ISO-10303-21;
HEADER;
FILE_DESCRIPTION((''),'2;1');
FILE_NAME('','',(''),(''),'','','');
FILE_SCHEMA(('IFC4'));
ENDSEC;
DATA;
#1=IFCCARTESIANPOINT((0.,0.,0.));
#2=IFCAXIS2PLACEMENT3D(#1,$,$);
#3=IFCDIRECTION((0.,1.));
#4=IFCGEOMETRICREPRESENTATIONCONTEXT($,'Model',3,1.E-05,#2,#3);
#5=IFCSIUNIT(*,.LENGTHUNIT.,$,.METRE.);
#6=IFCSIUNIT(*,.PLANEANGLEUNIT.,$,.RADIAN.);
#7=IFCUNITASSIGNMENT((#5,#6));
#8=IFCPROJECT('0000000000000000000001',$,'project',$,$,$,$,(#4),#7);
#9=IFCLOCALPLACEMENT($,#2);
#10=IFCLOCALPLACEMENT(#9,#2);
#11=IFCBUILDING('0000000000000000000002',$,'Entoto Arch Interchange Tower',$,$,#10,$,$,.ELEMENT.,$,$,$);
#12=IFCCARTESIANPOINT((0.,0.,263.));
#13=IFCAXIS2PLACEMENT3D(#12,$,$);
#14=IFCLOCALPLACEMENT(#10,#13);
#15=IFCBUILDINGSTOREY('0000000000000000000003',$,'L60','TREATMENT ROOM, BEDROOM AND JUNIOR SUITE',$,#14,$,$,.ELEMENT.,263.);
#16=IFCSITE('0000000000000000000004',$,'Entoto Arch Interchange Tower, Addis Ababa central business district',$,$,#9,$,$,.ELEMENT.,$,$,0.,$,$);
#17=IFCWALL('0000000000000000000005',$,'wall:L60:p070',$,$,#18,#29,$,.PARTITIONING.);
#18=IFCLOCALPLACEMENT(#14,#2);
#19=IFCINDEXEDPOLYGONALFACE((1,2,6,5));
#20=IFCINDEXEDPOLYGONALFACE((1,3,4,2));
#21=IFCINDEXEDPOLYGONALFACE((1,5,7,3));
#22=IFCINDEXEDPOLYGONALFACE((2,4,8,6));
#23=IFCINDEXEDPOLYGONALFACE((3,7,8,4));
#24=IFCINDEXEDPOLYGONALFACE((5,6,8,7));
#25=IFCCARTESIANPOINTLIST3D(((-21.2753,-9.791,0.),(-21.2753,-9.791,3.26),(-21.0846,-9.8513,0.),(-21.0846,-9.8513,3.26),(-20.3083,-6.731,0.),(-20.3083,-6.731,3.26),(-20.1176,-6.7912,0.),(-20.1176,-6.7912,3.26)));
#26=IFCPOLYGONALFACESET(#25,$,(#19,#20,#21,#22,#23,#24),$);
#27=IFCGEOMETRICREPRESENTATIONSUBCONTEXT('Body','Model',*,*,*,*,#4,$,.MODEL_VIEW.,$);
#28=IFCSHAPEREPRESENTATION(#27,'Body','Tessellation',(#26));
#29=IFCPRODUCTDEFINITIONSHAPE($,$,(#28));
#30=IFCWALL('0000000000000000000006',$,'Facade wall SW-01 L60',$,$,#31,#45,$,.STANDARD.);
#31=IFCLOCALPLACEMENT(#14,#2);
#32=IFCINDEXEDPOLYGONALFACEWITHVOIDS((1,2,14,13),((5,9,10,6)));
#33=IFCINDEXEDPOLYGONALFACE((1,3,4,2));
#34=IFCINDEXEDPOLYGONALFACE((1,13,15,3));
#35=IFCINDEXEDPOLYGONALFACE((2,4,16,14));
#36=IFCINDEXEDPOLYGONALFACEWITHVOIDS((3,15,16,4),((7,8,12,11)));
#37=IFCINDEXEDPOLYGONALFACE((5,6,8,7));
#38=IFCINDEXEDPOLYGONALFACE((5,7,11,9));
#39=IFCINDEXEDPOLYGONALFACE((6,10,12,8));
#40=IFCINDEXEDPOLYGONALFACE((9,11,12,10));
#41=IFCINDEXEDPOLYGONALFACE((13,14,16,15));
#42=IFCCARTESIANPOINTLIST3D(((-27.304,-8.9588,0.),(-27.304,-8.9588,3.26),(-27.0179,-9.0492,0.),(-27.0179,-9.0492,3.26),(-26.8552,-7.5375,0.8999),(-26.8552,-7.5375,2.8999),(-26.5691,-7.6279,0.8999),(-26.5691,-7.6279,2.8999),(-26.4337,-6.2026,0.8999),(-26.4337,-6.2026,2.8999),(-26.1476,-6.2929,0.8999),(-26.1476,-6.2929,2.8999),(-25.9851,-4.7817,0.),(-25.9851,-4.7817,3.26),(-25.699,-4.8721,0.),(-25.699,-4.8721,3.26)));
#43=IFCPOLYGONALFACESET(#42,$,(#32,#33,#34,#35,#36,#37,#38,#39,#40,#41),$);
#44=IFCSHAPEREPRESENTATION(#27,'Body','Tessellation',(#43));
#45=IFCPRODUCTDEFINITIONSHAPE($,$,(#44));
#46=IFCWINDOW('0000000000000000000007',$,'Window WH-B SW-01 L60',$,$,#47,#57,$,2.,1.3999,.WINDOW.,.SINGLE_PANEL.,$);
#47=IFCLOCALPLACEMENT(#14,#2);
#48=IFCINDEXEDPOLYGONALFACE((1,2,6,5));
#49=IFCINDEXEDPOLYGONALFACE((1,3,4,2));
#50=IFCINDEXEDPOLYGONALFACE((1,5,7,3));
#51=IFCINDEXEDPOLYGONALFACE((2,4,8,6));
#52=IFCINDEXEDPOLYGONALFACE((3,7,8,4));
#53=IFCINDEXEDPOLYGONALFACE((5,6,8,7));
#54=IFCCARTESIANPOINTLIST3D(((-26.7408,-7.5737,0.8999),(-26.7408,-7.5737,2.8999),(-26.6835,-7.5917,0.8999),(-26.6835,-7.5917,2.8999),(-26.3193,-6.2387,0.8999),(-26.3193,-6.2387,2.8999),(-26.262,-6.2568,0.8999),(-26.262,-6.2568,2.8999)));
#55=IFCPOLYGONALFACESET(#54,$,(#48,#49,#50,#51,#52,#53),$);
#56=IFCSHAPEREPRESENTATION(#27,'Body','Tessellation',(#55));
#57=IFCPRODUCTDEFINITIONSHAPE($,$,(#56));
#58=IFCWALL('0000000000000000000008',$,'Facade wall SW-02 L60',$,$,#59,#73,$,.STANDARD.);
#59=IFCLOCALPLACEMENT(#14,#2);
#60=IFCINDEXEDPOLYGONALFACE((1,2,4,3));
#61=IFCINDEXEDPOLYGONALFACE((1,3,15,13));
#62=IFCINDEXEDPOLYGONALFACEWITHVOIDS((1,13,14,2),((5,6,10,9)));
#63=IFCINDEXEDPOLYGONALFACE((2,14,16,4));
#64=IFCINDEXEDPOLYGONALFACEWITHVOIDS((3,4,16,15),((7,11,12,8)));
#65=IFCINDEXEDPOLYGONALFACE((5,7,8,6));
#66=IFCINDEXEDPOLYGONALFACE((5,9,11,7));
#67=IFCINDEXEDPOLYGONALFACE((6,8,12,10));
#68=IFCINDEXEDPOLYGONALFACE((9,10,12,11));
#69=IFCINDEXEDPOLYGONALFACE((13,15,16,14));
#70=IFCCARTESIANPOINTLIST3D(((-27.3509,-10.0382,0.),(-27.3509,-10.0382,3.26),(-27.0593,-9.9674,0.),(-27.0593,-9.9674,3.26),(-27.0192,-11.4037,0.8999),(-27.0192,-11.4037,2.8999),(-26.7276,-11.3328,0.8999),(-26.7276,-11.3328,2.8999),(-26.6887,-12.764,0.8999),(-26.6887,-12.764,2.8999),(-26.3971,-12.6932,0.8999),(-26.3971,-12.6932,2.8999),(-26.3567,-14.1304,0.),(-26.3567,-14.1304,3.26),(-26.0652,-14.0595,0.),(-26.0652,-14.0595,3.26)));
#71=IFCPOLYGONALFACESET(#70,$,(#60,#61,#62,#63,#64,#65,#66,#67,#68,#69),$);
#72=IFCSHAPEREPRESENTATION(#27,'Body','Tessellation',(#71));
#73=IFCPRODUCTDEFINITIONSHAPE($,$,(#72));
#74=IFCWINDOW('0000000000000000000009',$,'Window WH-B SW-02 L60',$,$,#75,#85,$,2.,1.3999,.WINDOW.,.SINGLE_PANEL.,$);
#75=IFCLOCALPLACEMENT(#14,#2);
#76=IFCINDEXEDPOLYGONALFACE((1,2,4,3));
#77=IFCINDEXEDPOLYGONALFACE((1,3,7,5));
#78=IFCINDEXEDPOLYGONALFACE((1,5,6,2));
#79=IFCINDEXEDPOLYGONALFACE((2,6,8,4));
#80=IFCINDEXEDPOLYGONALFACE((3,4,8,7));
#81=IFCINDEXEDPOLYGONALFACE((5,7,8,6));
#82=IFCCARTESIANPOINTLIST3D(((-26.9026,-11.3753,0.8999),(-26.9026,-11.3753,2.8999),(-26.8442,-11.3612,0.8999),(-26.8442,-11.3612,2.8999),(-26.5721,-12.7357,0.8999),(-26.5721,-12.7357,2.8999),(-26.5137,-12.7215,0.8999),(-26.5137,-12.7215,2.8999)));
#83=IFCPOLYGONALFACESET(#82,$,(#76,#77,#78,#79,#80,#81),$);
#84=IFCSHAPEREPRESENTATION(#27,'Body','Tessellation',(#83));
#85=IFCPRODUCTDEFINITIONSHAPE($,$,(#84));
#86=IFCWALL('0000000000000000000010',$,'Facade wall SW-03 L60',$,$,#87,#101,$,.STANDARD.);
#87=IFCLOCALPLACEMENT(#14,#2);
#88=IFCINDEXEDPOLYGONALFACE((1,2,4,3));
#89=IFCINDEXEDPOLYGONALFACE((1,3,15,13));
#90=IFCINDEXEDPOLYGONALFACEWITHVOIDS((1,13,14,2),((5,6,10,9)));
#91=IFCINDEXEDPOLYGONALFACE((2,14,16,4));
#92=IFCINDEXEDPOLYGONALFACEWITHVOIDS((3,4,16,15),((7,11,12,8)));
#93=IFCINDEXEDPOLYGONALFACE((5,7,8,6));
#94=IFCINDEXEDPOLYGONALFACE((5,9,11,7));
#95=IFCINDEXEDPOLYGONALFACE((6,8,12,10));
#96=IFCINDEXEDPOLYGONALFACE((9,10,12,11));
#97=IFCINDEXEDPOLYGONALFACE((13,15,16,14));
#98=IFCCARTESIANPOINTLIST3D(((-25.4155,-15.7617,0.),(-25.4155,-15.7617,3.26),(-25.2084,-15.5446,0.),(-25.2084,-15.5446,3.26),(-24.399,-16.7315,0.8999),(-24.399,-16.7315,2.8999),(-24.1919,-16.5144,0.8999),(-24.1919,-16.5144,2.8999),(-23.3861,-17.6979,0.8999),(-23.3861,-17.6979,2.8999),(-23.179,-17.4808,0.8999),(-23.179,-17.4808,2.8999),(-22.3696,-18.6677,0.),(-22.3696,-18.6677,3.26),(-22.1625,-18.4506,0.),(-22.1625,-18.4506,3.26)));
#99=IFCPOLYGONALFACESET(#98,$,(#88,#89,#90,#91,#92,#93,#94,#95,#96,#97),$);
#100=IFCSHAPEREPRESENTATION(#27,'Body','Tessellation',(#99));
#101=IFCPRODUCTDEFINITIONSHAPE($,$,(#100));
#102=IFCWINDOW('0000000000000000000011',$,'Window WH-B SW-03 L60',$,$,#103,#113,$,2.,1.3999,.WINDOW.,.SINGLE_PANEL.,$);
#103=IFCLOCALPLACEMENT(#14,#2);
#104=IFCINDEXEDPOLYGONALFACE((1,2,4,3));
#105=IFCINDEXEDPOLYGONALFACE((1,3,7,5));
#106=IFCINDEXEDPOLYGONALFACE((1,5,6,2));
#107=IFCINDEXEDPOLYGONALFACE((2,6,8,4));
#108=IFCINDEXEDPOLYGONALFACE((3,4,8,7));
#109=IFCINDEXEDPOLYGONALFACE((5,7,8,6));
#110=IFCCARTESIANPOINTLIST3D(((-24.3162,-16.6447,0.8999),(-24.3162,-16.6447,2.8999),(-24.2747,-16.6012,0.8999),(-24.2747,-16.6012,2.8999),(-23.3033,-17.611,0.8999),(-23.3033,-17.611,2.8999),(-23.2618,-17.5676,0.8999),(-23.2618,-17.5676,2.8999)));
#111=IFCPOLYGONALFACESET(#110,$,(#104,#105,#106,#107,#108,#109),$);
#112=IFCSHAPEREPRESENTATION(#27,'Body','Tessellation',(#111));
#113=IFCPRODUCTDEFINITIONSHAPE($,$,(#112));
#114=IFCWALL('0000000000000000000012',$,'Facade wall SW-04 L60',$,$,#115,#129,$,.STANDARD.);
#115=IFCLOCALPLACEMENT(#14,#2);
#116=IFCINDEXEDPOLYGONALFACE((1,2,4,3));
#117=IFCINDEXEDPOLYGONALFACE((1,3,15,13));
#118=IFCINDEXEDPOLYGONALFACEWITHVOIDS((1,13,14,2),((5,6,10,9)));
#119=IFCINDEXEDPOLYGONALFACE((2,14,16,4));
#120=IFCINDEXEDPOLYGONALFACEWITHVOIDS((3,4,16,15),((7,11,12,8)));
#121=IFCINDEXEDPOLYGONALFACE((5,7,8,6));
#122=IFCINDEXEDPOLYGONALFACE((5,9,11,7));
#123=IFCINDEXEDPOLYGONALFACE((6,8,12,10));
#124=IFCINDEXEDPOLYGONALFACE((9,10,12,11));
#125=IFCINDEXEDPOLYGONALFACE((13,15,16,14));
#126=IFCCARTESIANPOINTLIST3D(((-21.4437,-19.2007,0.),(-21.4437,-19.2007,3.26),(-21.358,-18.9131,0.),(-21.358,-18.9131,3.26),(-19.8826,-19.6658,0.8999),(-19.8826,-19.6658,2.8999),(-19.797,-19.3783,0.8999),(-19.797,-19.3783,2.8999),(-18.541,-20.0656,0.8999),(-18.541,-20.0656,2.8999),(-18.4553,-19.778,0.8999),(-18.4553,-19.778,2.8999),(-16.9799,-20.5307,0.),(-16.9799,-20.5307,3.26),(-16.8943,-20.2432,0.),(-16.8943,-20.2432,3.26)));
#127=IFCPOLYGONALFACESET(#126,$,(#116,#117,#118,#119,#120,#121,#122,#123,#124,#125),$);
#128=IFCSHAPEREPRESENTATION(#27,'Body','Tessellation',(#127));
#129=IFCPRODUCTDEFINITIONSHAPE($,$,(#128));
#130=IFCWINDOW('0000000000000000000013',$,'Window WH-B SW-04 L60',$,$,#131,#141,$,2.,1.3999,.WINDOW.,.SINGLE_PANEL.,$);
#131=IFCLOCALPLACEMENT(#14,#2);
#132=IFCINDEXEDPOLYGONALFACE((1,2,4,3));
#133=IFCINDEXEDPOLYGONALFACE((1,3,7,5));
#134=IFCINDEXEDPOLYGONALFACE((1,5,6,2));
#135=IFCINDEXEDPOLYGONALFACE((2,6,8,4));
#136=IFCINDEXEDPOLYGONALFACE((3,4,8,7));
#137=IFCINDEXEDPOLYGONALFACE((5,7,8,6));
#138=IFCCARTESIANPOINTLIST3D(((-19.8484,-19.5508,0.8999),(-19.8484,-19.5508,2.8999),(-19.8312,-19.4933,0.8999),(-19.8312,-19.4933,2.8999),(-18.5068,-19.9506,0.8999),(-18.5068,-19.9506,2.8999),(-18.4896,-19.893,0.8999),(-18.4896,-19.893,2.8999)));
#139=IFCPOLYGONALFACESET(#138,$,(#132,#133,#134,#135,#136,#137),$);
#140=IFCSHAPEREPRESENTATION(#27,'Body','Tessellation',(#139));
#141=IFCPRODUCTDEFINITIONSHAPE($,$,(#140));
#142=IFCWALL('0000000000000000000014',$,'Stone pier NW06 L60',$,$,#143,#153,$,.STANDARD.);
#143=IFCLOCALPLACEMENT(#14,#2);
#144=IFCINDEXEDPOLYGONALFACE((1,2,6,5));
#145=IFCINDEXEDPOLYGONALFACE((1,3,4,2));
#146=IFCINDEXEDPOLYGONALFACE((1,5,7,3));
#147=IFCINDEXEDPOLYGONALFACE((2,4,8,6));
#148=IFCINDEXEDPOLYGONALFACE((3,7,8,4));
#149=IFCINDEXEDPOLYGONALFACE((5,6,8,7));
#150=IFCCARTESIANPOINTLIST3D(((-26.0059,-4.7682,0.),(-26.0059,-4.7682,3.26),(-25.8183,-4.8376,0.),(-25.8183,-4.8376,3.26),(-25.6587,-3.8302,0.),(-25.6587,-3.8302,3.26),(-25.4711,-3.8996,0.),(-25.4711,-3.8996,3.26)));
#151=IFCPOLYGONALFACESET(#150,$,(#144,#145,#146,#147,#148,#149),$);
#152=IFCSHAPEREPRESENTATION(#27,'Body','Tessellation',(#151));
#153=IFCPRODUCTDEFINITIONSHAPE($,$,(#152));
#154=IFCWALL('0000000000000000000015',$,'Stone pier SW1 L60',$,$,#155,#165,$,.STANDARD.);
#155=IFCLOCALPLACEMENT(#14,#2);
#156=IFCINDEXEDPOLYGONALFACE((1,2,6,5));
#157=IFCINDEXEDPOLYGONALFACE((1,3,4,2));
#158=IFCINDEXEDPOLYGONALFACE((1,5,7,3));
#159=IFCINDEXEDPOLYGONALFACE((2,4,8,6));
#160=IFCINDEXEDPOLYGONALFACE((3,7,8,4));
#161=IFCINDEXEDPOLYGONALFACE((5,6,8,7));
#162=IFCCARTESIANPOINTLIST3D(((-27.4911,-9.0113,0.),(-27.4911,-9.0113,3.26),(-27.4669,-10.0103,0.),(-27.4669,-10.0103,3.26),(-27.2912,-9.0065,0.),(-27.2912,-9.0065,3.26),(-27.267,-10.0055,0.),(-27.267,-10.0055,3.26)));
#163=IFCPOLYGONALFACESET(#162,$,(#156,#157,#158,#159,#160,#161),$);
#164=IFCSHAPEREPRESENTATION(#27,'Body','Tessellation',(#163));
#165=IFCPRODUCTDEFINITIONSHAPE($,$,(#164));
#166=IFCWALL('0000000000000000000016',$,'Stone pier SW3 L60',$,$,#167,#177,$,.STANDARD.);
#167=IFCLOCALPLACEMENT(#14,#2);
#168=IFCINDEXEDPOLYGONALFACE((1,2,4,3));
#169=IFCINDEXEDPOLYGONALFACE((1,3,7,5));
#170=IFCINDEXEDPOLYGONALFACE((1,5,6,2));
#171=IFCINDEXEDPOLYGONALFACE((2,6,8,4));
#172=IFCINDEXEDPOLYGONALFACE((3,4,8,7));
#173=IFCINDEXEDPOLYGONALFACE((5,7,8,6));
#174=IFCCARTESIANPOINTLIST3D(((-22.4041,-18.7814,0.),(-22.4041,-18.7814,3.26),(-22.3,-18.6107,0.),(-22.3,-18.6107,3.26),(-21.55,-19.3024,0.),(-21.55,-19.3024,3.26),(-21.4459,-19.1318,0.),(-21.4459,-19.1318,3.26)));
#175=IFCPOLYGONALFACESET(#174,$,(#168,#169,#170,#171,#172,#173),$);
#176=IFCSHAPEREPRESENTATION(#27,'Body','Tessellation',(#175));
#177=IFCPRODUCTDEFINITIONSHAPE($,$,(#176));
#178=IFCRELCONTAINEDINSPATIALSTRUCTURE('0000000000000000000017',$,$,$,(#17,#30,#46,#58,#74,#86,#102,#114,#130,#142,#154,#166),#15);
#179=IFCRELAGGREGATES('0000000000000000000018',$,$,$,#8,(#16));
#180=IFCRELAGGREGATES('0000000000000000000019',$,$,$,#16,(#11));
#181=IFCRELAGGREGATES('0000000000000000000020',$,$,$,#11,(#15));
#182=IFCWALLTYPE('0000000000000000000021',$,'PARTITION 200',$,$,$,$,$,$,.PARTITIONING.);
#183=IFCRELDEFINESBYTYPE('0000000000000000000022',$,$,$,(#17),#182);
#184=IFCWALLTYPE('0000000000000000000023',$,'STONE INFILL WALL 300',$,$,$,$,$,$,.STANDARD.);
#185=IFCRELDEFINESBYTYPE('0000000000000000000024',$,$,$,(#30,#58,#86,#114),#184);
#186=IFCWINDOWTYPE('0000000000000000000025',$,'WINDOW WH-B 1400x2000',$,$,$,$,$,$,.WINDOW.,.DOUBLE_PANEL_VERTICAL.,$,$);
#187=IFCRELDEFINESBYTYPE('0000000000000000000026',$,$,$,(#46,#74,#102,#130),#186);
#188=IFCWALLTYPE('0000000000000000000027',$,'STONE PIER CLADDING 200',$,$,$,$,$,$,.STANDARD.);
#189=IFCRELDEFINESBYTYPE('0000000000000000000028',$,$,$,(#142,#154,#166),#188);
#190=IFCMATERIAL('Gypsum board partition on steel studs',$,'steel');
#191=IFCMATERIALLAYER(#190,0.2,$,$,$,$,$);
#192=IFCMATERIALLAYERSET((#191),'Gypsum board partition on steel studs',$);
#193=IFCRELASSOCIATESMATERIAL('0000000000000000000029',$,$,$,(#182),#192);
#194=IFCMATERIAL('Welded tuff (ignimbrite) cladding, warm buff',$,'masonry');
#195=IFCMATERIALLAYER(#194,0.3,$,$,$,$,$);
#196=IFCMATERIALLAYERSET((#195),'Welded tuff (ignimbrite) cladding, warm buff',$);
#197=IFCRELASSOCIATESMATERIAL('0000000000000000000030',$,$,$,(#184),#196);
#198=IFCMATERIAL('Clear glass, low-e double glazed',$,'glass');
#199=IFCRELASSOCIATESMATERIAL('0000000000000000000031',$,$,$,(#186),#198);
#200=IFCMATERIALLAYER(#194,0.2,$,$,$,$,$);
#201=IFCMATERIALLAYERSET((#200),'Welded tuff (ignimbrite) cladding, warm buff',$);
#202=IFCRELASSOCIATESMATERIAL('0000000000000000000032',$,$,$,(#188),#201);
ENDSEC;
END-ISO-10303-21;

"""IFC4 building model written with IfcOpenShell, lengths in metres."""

from ifc_helpers import new_model, si_unit, direction, frame, frame_2d, origin, place, context, subcontext, project, spatial, rectangle, extrude, material, layer, layer_set, type_object, element, fill, save


model = new_model("IFC4")

# Units and contexts
model_context = context("Model", 3, precision=1e-05, world=origin(), true_north=direction((0.0, 1.0)))
body_context = subcontext(model_context, "Body", "Model", "MODEL_VIEW")
ifc_project = project(units=[si_unit("LENGTHUNIT", "METRE"), si_unit("PLANEANGLEUNIT", "RADIAN")], contexts=[model_context])

# Site, building, storey
site_placement = place(None, origin())
site = spatial("IfcSite", under=ifc_project, at=site_placement, Name="Entoto Arch Interchange Tower, Addis Ababa central business district", CompositionType="ELEMENT", RefElevation=0.0)
building_placement = place(site_placement, origin())
building = spatial("IfcBuilding", under=site, at=building_placement, Name="Entoto Arch Interchange Tower", CompositionType="ELEMENT")
storey_placement = place(building_placement, frame((0.0, 0.0, 263.0)))
storey = spatial("IfcBuildingStorey", under=building, at=storey_placement, Name="L60", Description="TREATMENT ROOM, BEDROOM AND JUNIOR SUITE", CompositionType="ELEMENT", Elevation=263.0)

# Shared definitions
ifc_material_1 = material(Name="Gypsum board partition on steel studs", Category="steel")
ifc_layer_1 = layer(ifc_material_1, 0.2)
ifc_layer_set_1 = layer_set([ifc_layer_1], Name="Gypsum board partition on steel studs")
wall_type_1 = type_object("IfcWallType", Name="PARTITION 200", PredefinedType="PARTITIONING", material=ifc_layer_set_1)

# Wall
wall_1_placement = place(storey_placement, frame((-21.1799, -9.821, 0.0), z_axis=(0.0, 0.0, 1.0), x_axis=(0.301332, 0.953519, 0.0)))
element("IfcWall", 1, at=wall_1_placement, inside=storey, type_object=wall_type_1, Name="wall:L60:p070", PredefinedType="PARTITIONING", context=body_context, shape_type="SweptSolid", body=[
    extrude(rectangle(XDim=3.2092, YDim=0.2, at=frame_2d((1.6045, 0.0))), origin(), (0.0, 0.0, 1.0), 3.26),
])

# Walls, openings, windows
ifc_material_2 = material(Name="Welded tuff (ignimbrite) cladding, warm buff", Category="masonry")
ifc_layer_2 = layer(ifc_material_2, 0.3)
ifc_layer_set_2 = layer_set([ifc_layer_2], Name="Welded tuff (ignimbrite) cladding, warm buff")
wall_type_2 = type_object("IfcWallType", Name="STONE INFILL WALL 300", PredefinedType="STANDARD", material=ifc_layer_set_2)
wall_2_placement = place(storey_placement, frame((-25.842, -4.8269, 0.0), z_axis=(0.0, 0.0, 1.0), x_axis=(-0.301089, -0.953596, 0.0)))
wall_2 = element("IfcWall", 2, at=wall_2_placement, inside=storey, type_object=wall_type_2, Name="Facade wall SW-01 L60", PredefinedType="STANDARD", context=body_context, shape_type="SweptSolid", body=[
    extrude(rectangle(XDim=4.3804, YDim=0.3, at=frame_2d((2.1902, 0.0))), origin(), (0.0, 0.0, 1.0), 3.26),
])
opening_1_placement = place(wall_2_placement, frame((1.49, 0.0, 0.8999)))
opening_1 = element("IfcOpeningElement", 3, at=opening_1_placement, cuts=wall_2, PredefinedType="OPENING", context=body_context, shape_type="SweptSolid", body=[
    extrude(rectangle(XDim=1.3999, YDim=2.0, at=frame_2d((0.7, 1.0))), frame((0.0, 0.1602, 0.0), z_axis=(0.0, -1.0, 0.0), x_axis=(1.0, 0.0, 0.0)), (0.0, 0.0, 1.0), 0.3201),
])
ifc_material_3 = material(Name="Clear glass, low-e double glazed", Category="glass")
window_type = type_object("IfcWindowType", Name="WINDOW WH-B 1400x2000", PartitioningType="DOUBLE_PANEL_VERTICAL", PredefinedType="WINDOW", material=ifc_material_3)
window_1_placement = place(opening_1_placement, origin())
window_1 = element("IfcWindow", 4, at=window_1_placement, inside=storey, type_object=window_type, Name="Window WH-B SW-01 L60", OverallHeight=2.0, OverallWidth=1.3999, PartitioningType="SINGLE_PANEL", PredefinedType="WINDOW", context=body_context, shape_type="SweptSolid", body=[
    extrude(rectangle(XDim=1.3999, YDim=2.0, at=frame_2d((0.7, 1.0))), frame((0.0, 0.03, 0.0), z_axis=(0.0, -1.0, 0.0), x_axis=(1.0, 0.0, 0.0)), (0.0, 0.0, 1.0), 0.0601),
])
fill(opening_1, window_1)
wall_3_placement = place(storey_placement, frame((-27.2051, -10.0029, 0.0), z_axis=(0.0, 0.0, 1.0), x_axis=(0.236078, -0.971734, 0.0)))
wall_3 = element("IfcWall", 5, at=wall_3_placement, inside=storey, type_object=wall_type_2, Name="Facade wall SW-02 L60", PredefinedType="STANDARD", context=body_context, shape_type="SweptSolid", body=[
    extrude(rectangle(XDim=4.2112, YDim=0.3, at=frame_2d((2.1055, 0.0))), origin(), (0.0, 0.0, 1.0), 3.26),
])
opening_2_placement = place(wall_3_placement, frame((1.405, 0.0, 0.8999)))
opening_2 = element("IfcOpeningElement", 6, at=opening_2_placement, cuts=wall_3, PredefinedType="OPENING", context=body_context, shape_type="SweptSolid", body=[
    extrude(rectangle(XDim=1.3999, YDim=2.0, at=frame_2d((0.7, 1.0))), frame((0.0, 0.1602, 0.0), z_axis=(0.0, -1.0, 0.0), x_axis=(1.0, 0.0, 0.0)), (0.0, 0.0, 1.0), 0.3201),
])
window_2_placement = place(opening_2_placement, origin())
window_2 = element("IfcWindow", 7, at=window_2_placement, inside=storey, type_object=window_type, Name="Window WH-B SW-02 L60", OverallHeight=2.0, OverallWidth=1.3999, PartitioningType="SINGLE_PANEL", PredefinedType="WINDOW", context=body_context, shape_type="SweptSolid", body=[
    extrude(rectangle(XDim=1.3999, YDim=2.0, at=frame_2d((0.7, 1.0))), frame((0.0, 0.03, 0.0), z_axis=(0.0, -1.0, 0.0), x_axis=(1.0, 0.0, 0.0)), (0.0, 0.0, 1.0), 0.0601),
])
fill(opening_2, window_2)
wall_4_placement = place(storey_placement, frame((-25.312, -15.6531, 0.0), z_axis=(0.0, 0.0, 1.0), x_axis=(0.723527, -0.690296, 0.0)))
wall_4 = element("IfcWall", 8, at=wall_4_placement, inside=storey, type_object=wall_type_2, Name="Facade wall SW-03 L60", PredefinedType="STANDARD", context=body_context, shape_type="SweptSolid", body=[
    extrude(rectangle(XDim=4.2097, YDim=0.3, at=frame_2d((2.105, 0.0))), origin(), (0.0, 0.0, 1.0), 3.26),
])
opening_3_placement = place(wall_4_placement, frame((1.405, 0.0, 0.8999)))
opening_3 = element("IfcOpeningElement", 9, at=opening_3_placement, cuts=wall_4, PredefinedType="OPENING", context=body_context, shape_type="SweptSolid", body=[
    extrude(rectangle(XDim=1.3999, YDim=2.0, at=frame_2d((0.7, 1.0))), frame((0.0, 0.1602, 0.0), z_axis=(0.0, -1.0, 0.0), x_axis=(1.0, 0.0, 0.0)), (0.0, 0.0, 1.0), 0.3201),
])
window_3_placement = place(opening_3_placement, origin())
window_3 = element("IfcWindow", 10, at=window_3_placement, inside=storey, type_object=window_type, Name="Window WH-B SW-03 L60", OverallHeight=2.0, OverallWidth=1.3999, PartitioningType="SINGLE_PANEL", PredefinedType="WINDOW", context=body_context, shape_type="SweptSolid", body=[
    extrude(rectangle(XDim=1.3999, YDim=2.0, at=frame_2d((0.7, 1.0))), frame((0.0, 0.03, 0.0), z_axis=(0.0, -1.0, 0.0), x_axis=(1.0, 0.0, 0.0)), (0.0, 0.0, 1.0), 0.0601),
])
fill(opening_3, window_3)
wall_5_placement = place(storey_placement, frame((-21.4009, -19.0569, 0.0), z_axis=(0.0, 0.0, 1.0), x_axis=(0.958361, -0.285559, 0.0)))
wall_5 = element("IfcWall", 11, at=wall_5_placement, inside=storey, type_object=wall_type_2, Name="Facade wall SW-04 L60", PredefinedType="STANDARD", context=body_context, shape_type="SweptSolid", body=[
    extrude(rectangle(XDim=4.6577, YDim=0.3, at=frame_2d((2.3289, 0.0))), origin(), (0.0, 0.0, 1.0), 3.26),
])
opening_4_placement = place(wall_5_placement, frame((1.6289, 0.0, 0.8999)))
opening_4 = element("IfcOpeningElement", 12, at=opening_4_placement, cuts=wall_5, PredefinedType="OPENING", context=body_context, shape_type="SweptSolid", body=[
    extrude(rectangle(XDim=1.3999, YDim=2.0, at=frame_2d((0.7, 1.0))), frame((0.0, 0.1602, 0.0), z_axis=(0.0, -1.0, 0.0), x_axis=(1.0, 0.0, 0.0)), (0.0, 0.0, 1.0), 0.3201),
])
window_4_placement = place(opening_4_placement, origin())
window_4 = element("IfcWindow", 13, at=window_4_placement, inside=storey, type_object=window_type, Name="Window WH-B SW-04 L60", OverallHeight=2.0, OverallWidth=1.3999, PartitioningType="SINGLE_PANEL", PredefinedType="WINDOW", context=body_context, shape_type="SweptSolid", body=[
    extrude(rectangle(XDim=1.3999, YDim=2.0, at=frame_2d((0.7, 1.0))), frame((0.0, 0.03, 0.0), z_axis=(0.0, -1.0, 0.0), x_axis=(1.0, 0.0, 0.0)), (0.0, 0.0, 1.0), 0.0601),
])
fill(opening_4, window_4)

# Walls
ifc_layer_3 = layer(ifc_material_2, 0.2)
ifc_layer_set_3 = layer_set([ifc_layer_3], Name="Welded tuff (ignimbrite) cladding, warm buff")
wall_type_3 = type_object("IfcWallType", Name="STONE PIER CLADDING 200", PredefinedType="STANDARD", material=ifc_layer_set_3)
wall_6_placement = place(storey_placement, frame((-25.5649, -3.865, 0.0), z_axis=(0.0, 0.0, 1.0), x_axis=(-0.347108, -0.937825, 0.0)))
element("IfcWall", 14, at=wall_6_placement, inside=storey, type_object=wall_type_3, Name="Stone pier NW06 L60", PredefinedType="STANDARD", context=body_context, shape_type="SweptSolid", body=[
    extrude(rectangle(XDim=1.0002, YDim=0.2, at=frame_2d((0.5, 0.0))), origin(), (0.0, 0.0, 1.0), 3.26),
])
wall_7_placement = place(storey_placement, frame((-27.3911, -9.009, 0.0), z_axis=(0.0, 0.0, 1.0), x_axis=(0.024186, -0.999707, 0.0)))
element("IfcWall", 15, at=wall_7_placement, inside=storey, type_object=wall_type_3, Name="Stone pier SW1 L60", PredefinedType="STANDARD", context=body_context, shape_type="SweptSolid", body=[
    extrude(rectangle(XDim=0.9993, YDim=0.2, at=frame_2d((0.4995, 0.0))), origin(), (0.0, 0.0, 1.0), 3.26),
])
wall_8_placement = place(storey_placement, frame((-22.3521, -18.696, 0.0), z_axis=(0.0, 0.0, 1.0), x_axis=(0.85368, -0.520798, 0.0)))
element("IfcWall", 16, at=wall_8_placement, inside=storey, type_object=wall_type_3, Name="Stone pier SW3 L60", PredefinedType="STANDARD", context=body_context, shape_type="SweptSolid", body=[
    extrude(rectangle(XDim=1.0005, YDim=0.2, at=frame_2d((0.5002, 0.0))), origin(), (0.0, 0.0, 1.0), 3.26),
])

save(model, "model.ifc")
